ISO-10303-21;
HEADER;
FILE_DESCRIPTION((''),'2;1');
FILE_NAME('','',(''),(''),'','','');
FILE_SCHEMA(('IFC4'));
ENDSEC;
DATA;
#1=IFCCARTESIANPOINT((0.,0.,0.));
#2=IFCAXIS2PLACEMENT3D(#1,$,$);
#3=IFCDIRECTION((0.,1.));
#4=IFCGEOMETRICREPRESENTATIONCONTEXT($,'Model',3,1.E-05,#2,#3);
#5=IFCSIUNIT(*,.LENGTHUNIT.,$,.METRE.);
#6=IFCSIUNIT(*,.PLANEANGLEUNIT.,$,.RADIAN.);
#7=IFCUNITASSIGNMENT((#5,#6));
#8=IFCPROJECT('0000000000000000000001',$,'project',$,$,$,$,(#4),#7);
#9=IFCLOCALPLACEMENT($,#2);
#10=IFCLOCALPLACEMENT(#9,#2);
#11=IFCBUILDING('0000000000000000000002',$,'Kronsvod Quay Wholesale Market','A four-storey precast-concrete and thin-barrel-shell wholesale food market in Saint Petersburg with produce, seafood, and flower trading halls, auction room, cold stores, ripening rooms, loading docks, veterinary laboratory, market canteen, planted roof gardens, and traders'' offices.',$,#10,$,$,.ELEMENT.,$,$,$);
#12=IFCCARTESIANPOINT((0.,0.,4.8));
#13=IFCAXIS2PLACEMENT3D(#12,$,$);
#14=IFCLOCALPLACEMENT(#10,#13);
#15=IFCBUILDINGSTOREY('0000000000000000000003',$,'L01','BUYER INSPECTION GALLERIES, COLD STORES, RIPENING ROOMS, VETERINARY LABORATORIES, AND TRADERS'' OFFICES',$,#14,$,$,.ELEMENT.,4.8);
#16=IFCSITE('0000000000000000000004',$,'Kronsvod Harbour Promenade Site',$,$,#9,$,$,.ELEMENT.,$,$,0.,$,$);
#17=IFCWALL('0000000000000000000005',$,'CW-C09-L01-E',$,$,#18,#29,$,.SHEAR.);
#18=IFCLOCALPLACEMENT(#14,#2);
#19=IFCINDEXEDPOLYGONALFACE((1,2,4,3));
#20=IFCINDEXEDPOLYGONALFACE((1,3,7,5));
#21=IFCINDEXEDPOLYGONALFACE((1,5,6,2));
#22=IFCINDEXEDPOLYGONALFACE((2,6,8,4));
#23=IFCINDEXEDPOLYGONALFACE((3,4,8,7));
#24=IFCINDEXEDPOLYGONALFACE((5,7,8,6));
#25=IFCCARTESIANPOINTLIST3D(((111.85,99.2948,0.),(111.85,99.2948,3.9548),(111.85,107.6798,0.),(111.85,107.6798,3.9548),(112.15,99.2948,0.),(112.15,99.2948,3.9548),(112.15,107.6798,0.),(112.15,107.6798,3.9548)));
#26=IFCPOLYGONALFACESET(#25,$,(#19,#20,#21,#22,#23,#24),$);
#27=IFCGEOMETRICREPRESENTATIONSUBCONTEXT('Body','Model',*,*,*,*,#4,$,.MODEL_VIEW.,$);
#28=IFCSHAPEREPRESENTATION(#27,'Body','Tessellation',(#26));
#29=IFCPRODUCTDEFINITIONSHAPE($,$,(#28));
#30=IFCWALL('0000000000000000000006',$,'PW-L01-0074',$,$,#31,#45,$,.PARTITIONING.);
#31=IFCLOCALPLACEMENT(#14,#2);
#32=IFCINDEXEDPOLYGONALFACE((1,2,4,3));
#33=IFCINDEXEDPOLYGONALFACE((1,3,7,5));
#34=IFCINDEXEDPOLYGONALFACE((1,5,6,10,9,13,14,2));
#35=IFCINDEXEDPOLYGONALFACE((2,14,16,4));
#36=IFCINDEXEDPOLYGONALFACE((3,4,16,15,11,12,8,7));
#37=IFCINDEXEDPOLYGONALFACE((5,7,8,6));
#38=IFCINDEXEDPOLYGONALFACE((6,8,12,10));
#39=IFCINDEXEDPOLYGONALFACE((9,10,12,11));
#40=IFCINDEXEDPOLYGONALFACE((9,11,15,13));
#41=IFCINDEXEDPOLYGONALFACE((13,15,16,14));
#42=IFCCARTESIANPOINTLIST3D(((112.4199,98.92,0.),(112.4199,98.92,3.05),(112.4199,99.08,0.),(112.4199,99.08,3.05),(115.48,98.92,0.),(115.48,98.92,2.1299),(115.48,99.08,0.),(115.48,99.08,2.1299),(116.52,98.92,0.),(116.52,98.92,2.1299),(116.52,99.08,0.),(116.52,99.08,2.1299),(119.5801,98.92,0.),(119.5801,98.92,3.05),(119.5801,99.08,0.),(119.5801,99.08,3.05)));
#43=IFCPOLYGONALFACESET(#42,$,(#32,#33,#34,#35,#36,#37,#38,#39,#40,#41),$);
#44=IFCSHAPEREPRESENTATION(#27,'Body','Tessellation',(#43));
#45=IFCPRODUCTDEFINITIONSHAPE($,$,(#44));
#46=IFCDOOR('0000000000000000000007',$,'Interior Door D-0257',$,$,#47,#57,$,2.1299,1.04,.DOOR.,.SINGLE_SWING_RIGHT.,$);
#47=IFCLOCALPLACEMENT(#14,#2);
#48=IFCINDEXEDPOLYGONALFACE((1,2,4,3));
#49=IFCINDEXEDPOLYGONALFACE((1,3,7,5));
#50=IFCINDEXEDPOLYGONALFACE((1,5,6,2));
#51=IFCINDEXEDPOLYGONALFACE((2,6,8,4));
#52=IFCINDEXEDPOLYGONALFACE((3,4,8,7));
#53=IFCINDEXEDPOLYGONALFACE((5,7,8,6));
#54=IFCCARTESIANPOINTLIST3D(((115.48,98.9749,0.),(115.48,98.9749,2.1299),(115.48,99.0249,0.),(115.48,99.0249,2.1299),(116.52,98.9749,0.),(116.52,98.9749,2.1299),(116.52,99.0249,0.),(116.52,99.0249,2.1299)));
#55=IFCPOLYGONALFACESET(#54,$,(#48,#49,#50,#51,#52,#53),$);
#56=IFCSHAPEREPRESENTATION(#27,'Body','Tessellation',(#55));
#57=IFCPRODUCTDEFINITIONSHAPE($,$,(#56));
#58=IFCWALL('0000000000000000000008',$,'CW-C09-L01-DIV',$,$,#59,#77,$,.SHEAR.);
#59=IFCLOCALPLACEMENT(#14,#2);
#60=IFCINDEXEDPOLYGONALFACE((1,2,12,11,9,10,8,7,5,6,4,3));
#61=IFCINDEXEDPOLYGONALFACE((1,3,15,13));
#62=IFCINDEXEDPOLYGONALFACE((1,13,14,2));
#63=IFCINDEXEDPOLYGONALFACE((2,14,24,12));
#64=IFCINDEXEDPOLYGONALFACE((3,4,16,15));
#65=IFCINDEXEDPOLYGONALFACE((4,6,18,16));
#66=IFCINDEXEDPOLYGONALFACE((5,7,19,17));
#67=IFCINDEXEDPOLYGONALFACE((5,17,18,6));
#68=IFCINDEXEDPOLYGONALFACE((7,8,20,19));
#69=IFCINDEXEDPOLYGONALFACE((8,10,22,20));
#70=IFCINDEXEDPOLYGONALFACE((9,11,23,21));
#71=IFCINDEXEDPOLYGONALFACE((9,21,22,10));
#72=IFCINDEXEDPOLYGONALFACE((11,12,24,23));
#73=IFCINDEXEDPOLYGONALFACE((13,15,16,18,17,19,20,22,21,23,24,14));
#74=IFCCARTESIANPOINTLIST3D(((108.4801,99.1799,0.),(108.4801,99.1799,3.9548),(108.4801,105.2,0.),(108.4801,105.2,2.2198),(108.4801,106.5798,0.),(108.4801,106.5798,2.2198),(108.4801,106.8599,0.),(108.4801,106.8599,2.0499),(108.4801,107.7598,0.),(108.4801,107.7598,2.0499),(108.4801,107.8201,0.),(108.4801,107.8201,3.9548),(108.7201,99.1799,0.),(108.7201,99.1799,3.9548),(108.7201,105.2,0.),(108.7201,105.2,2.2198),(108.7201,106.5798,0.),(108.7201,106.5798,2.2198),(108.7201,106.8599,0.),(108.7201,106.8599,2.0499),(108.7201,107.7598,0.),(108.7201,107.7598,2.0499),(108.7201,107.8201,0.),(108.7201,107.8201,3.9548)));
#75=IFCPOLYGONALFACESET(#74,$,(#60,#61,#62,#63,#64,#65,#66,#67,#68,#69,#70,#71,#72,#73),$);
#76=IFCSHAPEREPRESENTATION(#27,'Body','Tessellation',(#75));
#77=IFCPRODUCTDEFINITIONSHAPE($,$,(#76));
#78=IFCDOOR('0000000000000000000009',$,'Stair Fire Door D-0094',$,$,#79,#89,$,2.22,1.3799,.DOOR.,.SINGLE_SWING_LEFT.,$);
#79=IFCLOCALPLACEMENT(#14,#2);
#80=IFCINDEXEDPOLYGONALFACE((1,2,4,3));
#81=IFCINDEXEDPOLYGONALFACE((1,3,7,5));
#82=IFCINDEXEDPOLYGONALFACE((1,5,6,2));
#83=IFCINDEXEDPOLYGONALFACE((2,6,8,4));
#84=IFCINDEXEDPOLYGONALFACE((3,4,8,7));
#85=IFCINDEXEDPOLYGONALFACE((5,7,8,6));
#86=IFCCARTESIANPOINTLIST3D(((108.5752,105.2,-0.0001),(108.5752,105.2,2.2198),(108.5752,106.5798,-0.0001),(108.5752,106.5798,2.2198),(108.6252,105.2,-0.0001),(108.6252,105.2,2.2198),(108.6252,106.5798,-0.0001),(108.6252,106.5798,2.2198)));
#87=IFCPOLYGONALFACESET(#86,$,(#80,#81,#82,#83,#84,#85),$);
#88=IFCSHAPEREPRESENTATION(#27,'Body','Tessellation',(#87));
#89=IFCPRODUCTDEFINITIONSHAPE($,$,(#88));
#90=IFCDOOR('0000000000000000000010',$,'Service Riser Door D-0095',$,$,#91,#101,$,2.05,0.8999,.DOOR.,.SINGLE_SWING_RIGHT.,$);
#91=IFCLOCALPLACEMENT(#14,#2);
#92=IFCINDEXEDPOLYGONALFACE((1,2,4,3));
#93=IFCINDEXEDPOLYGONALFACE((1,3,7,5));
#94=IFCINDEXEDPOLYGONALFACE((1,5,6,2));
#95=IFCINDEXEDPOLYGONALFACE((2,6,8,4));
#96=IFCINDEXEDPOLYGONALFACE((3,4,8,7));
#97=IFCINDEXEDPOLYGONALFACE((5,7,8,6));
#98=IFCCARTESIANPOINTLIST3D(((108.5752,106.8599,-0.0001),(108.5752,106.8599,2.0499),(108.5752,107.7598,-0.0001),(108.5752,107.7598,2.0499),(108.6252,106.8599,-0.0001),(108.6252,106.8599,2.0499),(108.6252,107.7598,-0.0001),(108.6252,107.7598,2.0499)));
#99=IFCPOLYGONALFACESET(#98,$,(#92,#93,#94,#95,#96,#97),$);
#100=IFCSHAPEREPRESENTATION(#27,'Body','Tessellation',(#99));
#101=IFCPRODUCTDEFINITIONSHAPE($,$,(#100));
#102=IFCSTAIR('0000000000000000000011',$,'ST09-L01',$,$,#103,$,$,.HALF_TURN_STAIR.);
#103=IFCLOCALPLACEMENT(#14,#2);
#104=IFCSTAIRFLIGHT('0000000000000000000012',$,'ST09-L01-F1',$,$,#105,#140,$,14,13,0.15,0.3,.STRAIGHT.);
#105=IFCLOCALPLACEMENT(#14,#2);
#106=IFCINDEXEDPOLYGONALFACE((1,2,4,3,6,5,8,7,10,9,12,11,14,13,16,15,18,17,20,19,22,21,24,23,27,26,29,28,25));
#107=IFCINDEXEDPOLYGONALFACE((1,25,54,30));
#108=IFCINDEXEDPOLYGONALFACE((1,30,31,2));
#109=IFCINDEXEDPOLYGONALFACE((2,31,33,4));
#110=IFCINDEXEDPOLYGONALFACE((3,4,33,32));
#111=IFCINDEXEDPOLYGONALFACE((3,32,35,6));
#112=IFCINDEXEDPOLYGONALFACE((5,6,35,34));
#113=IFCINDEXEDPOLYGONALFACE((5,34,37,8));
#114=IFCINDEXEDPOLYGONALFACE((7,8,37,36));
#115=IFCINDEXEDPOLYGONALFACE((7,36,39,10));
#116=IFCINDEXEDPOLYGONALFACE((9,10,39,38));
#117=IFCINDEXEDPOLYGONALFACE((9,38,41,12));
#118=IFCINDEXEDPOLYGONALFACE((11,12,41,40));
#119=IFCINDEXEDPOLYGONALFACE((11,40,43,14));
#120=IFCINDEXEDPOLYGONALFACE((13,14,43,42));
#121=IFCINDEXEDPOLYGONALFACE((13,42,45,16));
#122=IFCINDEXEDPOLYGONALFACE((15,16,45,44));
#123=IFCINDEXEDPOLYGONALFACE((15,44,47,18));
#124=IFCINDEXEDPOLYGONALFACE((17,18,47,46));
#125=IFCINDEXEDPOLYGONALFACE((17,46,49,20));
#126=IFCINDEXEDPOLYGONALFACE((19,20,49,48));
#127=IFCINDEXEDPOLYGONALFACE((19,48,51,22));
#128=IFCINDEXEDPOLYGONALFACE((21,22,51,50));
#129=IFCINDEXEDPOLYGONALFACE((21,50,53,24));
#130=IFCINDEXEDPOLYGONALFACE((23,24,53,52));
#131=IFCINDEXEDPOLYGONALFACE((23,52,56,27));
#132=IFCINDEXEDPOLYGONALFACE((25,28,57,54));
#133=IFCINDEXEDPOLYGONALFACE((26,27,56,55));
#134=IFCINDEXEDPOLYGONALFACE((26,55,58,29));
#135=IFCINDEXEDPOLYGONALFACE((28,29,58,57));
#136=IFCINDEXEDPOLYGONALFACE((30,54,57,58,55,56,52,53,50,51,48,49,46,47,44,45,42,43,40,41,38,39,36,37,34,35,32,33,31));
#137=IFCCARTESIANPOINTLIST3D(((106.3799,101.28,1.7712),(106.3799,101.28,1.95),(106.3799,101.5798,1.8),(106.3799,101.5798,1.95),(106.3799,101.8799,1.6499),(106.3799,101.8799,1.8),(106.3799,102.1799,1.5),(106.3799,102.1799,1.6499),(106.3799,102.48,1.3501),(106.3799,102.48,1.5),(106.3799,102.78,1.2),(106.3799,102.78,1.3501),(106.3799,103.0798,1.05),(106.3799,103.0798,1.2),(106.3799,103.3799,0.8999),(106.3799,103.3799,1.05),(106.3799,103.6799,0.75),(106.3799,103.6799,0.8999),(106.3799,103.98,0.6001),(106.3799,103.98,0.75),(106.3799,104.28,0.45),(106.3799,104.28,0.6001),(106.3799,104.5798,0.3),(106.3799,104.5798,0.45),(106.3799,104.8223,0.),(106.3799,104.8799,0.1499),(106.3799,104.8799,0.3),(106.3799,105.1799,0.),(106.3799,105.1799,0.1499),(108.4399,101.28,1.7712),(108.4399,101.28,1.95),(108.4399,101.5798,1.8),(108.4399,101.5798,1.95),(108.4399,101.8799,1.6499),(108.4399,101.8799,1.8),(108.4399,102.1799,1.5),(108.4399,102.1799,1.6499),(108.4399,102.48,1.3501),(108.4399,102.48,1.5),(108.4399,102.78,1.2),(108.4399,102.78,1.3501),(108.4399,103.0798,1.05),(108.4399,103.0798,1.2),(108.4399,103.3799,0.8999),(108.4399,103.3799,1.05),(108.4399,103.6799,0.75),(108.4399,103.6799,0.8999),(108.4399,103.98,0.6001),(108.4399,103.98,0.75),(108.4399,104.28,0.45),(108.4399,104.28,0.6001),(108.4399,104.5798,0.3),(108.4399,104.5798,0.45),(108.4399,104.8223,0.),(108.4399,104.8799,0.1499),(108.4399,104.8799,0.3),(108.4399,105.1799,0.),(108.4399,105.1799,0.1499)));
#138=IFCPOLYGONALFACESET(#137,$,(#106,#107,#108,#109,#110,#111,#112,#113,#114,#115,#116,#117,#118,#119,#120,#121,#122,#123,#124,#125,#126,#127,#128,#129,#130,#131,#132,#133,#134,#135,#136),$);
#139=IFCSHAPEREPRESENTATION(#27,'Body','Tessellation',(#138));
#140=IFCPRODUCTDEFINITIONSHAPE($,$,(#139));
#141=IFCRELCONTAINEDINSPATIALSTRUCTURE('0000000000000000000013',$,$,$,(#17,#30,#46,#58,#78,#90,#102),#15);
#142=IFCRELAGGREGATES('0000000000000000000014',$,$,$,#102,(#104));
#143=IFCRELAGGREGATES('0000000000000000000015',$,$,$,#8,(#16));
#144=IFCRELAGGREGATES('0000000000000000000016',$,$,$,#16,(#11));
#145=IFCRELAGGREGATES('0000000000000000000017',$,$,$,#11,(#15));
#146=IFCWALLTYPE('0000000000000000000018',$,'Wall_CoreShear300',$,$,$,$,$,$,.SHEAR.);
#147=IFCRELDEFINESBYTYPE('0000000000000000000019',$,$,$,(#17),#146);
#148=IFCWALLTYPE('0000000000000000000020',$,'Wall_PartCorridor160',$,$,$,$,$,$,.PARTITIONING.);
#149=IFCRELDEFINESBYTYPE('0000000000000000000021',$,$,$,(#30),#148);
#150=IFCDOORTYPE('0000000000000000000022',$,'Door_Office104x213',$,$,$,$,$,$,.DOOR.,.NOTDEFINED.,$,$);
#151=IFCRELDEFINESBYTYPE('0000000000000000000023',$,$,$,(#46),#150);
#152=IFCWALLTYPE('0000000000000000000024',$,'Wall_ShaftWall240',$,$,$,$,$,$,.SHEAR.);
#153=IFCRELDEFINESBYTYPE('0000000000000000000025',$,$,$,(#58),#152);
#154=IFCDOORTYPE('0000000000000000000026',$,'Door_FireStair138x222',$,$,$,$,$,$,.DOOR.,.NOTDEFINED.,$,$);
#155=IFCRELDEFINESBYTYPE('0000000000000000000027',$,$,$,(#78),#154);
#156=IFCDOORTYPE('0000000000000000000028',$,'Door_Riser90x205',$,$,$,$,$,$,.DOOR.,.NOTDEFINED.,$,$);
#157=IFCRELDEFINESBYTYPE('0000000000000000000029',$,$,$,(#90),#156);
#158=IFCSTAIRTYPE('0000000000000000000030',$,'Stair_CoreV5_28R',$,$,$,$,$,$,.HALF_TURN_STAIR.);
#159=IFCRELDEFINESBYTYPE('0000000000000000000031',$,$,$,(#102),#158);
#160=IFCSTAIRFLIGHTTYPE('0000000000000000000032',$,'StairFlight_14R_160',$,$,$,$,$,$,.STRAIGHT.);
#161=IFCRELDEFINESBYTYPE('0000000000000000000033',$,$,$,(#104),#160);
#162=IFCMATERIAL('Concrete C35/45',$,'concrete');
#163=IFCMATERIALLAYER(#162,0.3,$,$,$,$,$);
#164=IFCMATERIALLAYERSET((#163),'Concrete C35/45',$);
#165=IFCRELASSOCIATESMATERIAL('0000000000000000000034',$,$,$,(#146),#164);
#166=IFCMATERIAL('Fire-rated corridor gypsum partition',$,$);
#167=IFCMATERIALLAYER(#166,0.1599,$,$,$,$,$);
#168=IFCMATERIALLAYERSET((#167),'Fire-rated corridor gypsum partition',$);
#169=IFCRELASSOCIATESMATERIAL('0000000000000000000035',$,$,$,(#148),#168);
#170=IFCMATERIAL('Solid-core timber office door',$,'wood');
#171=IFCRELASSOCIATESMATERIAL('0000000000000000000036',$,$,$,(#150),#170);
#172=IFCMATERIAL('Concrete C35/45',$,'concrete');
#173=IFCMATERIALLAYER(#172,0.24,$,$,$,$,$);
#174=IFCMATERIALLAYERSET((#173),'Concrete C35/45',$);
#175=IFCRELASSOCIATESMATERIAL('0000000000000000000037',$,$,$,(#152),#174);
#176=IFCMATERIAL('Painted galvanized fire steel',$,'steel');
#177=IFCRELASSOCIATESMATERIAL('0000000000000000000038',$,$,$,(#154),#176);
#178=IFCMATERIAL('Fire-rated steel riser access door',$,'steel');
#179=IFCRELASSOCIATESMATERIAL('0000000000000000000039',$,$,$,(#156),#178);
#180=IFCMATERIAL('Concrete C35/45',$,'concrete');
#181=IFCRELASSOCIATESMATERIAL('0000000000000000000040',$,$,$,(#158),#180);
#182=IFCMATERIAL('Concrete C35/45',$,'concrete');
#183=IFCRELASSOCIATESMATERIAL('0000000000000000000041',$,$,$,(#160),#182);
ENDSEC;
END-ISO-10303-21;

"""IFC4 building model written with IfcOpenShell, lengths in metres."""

from ifc_helpers import new_model, si_unit, direction, frame, frame_2d, origin, place, context, subcontext, project, spatial, polyline, rectangle, outline, extrude, material, layer, layer_set, type_object, element, fill, aggregate, save


model = new_model("IFC4")

# Units and contexts
model_context = context("Model", 3, precision=1e-05, world=origin(), true_north=direction((0.0, 1.0)))
body_context = subcontext(model_context, "Body", "Model", "MODEL_VIEW")
ifc_project = project(units=[si_unit("LENGTHUNIT", "METRE"), si_unit("PLANEANGLEUNIT", "RADIAN")], contexts=[model_context])

# Site, building, storey
site_placement = place(None, origin())
site = spatial("IfcSite", under=ifc_project, at=site_placement, Name="Kronsvod Harbour Promenade Site", CompositionType="ELEMENT", RefElevation=0.0)
building_placement = place(site_placement, origin())
building = spatial("IfcBuilding", under=site, at=building_placement, Name="Kronsvod Quay Wholesale Market", Description="A four-storey precast-concrete and thin-barrel-shell wholesale food market in Saint Petersburg with produce, seafood, and flower trading halls, auction room, cold stores, ripening rooms, loading docks, veterinary laboratory, market canteen, planted roof gardens, and traders' offices.", CompositionType="ELEMENT")
storey_placement = place(building_placement, frame((0.0, 0.0, 4.8)))
storey = spatial("IfcBuildingStorey", under=building, at=storey_placement, Name="L01", Description="BUYER INSPECTION GALLERIES, COLD STORES, RIPENING ROOMS, VETERINARY LABORATORIES, AND TRADERS' OFFICES", CompositionType="ELEMENT", Elevation=4.8)

# Shared definitions
ifc_material_1 = material(Name="Concrete C35/45", Category="concrete")
ifc_layer_1 = layer(ifc_material_1, 0.3)
ifc_layer_set_1 = layer_set([ifc_layer_1], Name="Concrete C35/45")
wall_type_1 = type_object("IfcWallType", Name="Wall_CoreShear300", PredefinedType="SHEAR", material=ifc_layer_set_1)

# Wall
wall_1_placement = place(storey_placement, frame((112.0, 99.2949, 0.0), z_axis=(0.0, 0.0, 1.0), x_axis=(0.0, 1.0, 0.0)))
element("IfcWall", 1, at=wall_1_placement, inside=storey, type_object=wall_type_1, Name="CW-C09-L01-E", PredefinedType="SHEAR", context=body_context, shape_type="SweptSolid", body=[
    extrude(rectangle(XDim=8.385, YDim=0.3, at=frame_2d((4.1924, 0.0))), origin(), (0.0, 0.0, 1.0), 3.9548),
])

# Wall, opening, door
ifc_material_2 = material(Name="Fire-rated corridor gypsum partition")
ifc_layer_2 = layer(ifc_material_2, 0.1599)
ifc_layer_set_2 = layer_set([ifc_layer_2], Name="Fire-rated corridor gypsum partition")
wall_type_2 = type_object("IfcWallType", Name="Wall_PartCorridor160", PredefinedType="PARTITIONING", material=ifc_layer_set_2)
wall_2_placement = place(storey_placement, frame((112.4199, 99.0, 0.0), z_axis=(0.0, 0.0, 1.0), x_axis=(1.0, 0.0, 0.0)))
wall_2 = element("IfcWall", 2, at=wall_2_placement, inside=storey, type_object=wall_type_2, Name="PW-L01-0074", PredefinedType="PARTITIONING", context=body_context, shape_type="SweptSolid", body=[
    extrude(rectangle(XDim=7.1602, YDim=0.1599, at=frame_2d((3.5801, 0.0))), origin(), (0.0, 0.0, 1.0), 3.05),
])
opening_1_placement = place(wall_2_placement, frame((3.0601, 0.0, 0.0)))
opening_1 = element("IfcOpeningElement", 3, at=opening_1_placement, cuts=wall_2, PredefinedType="OPENING", context=body_context, shape_type="SweptSolid", body=[
    extrude(rectangle(XDim=1.04, YDim=2.1299, at=frame_2d((0.52, 1.0649))), frame((0.0, 0.0898, 0.0), z_axis=(0.0, -1.0, 0.0), x_axis=(1.0, 0.0, 0.0)), (0.0, 0.0, 1.0), 0.1799),
])
ifc_material_3 = material(Name="Solid-core timber office door", Category="wood")
door_type_1 = type_object("IfcDoorType", Name="Door_Office104x213", OperationType="NOTDEFINED", PredefinedType="DOOR", material=ifc_material_3)
door_1_placement = place(opening_1_placement, origin())
door_1 = element("IfcDoor", 4, at=door_1_placement, inside=storey, type_object=door_type_1, Name="Interior Door D-0257", OperationType="SINGLE_SWING_RIGHT", OverallHeight=2.1299, OverallWidth=1.04, PredefinedType="DOOR", context=body_context, shape_type="SweptSolid", body=[
    extrude(rectangle(XDim=1.04, YDim=2.1299, at=frame_2d((0.52, 1.0649))), frame((0.0, 0.0249, 0.0), z_axis=(0.0, -1.0, 0.0), x_axis=(1.0, 0.0, 0.0)), (0.0, 0.0, 1.0), 0.05),
])
fill(opening_1, door_1)

# Wall, openings, doors
ifc_material_4 = material(Name="Concrete C35/45", Category="concrete")
ifc_layer_3 = layer(ifc_material_4, 0.24)
ifc_layer_set_3 = layer_set([ifc_layer_3], Name="Concrete C35/45")
wall_type_3 = type_object("IfcWallType", Name="Wall_ShaftWall240", PredefinedType="SHEAR", material=ifc_layer_set_3)
wall_3_placement = place(storey_placement, frame((108.6001, 99.1799, 0.0), z_axis=(0.0, 0.0, 1.0), x_axis=(0.0, 1.0, 0.0)))
wall_3 = element("IfcWall", 5, at=wall_3_placement, inside=storey, type_object=wall_type_3, Name="CW-C09-L01-DIV", PredefinedType="SHEAR", context=body_context, shape_type="SweptSolid", body=[
    extrude(rectangle(XDim=8.6401, YDim=0.24, at=frame_2d((4.3201, 0.0))), origin(), (0.0, 0.0, 1.0), 3.9548),
])
opening_2_placement = place(wall_3_placement, frame((6.02, 0.0, 0.0)))
opening_2 = element("IfcOpeningElement", 6, at=opening_2_placement, cuts=wall_3, PredefinedType="OPENING", context=body_context, shape_type="SweptSolid", body=[
    extrude(rectangle(XDim=1.3799, YDim=2.22, at=frame_2d((0.6899, 1.1099))), frame((0.0, 0.1299, 0.0), z_axis=(0.0, -1.0, 0.0), x_axis=(1.0, 0.0, 0.0)), (0.0, 0.0, 1.0), 0.26),
])
opening_3_placement = place(wall_3_placement, frame((7.6799, 0.0, 0.0)))
opening_3 = element("IfcOpeningElement", 7, at=opening_3_placement, cuts=wall_3, PredefinedType="OPENING", context=body_context, shape_type="SweptSolid", body=[
    extrude(rectangle(XDim=0.8999, YDim=2.05, at=frame_2d((0.45, 1.0249))), frame((0.0, 0.1299, 0.0), z_axis=(0.0, -1.0, 0.0), x_axis=(1.0, 0.0, 0.0)), (0.0, 0.0, 1.0), 0.26),
])
ifc_material_5 = material(Name="Painted galvanized fire steel", Category="steel")
door_type_2 = type_object("IfcDoorType", Name="Door_FireStair138x222", OperationType="NOTDEFINED", PredefinedType="DOOR", material=ifc_material_5)
door_2_placement = place(opening_2_placement, origin())
door_2 = element("IfcDoor", 8, at=door_2_placement, inside=storey, type_object=door_type_2, Name="Stair Fire Door D-0094", OperationType="SINGLE_SWING_LEFT", OverallHeight=2.22, OverallWidth=1.3799, PredefinedType="DOOR", context=body_context, shape_type="SweptSolid", body=[
    extrude(rectangle(XDim=1.3799, YDim=2.22, at=frame_2d((0.6899, 1.1099))), frame((0.0, 0.0249, 0.0), z_axis=(0.0, -1.0, 0.0), x_axis=(1.0, 0.0, 0.0)), (0.0, 0.0, 1.0), 0.05),
])
fill(opening_2, door_2)
ifc_material_6 = material(Name="Fire-rated steel riser access door", Category="steel")
door_type_3 = type_object("IfcDoorType", Name="Door_Riser90x205", OperationType="NOTDEFINED", PredefinedType="DOOR", material=ifc_material_6)
door_3_placement = place(opening_3_placement, origin())
door_3 = element("IfcDoor", 9, at=door_3_placement, inside=storey, type_object=door_type_3, Name="Service Riser Door D-0095", OperationType="SINGLE_SWING_RIGHT", OverallHeight=2.05, OverallWidth=0.8999, PredefinedType="DOOR", context=body_context, shape_type="SweptSolid", body=[
    extrude(rectangle(XDim=0.8999, YDim=2.05, at=frame_2d((0.45, 1.0249))), frame((0.0, 0.0249, 0.0), z_axis=(0.0, -1.0, 0.0), x_axis=(1.0, 0.0, 0.0)), (0.0, 0.0, 1.0), 0.05),
])
fill(opening_3, door_3)

# Stair, stair flight
ifc_material_7 = material(Name="Concrete C35/45", Category="concrete")
stair_type = type_object("IfcStairType", Name="Stair_CoreV5_28R", PredefinedType="HALF_TURN_STAIR", material=ifc_material_7)
stair_placement = place(storey_placement, origin())
stair = element("IfcStair", 10, at=stair_placement, inside=storey, type_object=stair_type, Name="ST09-L01", PredefinedType="HALF_TURN_STAIR")
ifc_material_8 = material(Name="Concrete C35/45", Category="concrete")
stair_flight_type = type_object("IfcStairFlightType", Name="StairFlight_14R_160", PredefinedType="STRAIGHT", material=ifc_material_8)
stair_flight_1_placement = place(storey_placement, frame((107.4099, 105.1799, 0.0), z_axis=(0.0, 0.0, 1.0), x_axis=(0.0, -1.0, 0.0)))
stair_flight_1 = element("IfcStairFlight", 11, at=stair_flight_1_placement, type_object=stair_flight_type, Name="ST09-L01-F1", NumberOfRisers=14, NumberOfTreads=13, PredefinedType="STRAIGHT", RiserHeight=0.15, TreadLength=0.3, context=body_context, shape_type="SweptSolid", body=[
    extrude(outline(polyline([(0.0, 0.0), (0.0, 0.1499), (0.3, 0.1499), (0.3, 0.3), (0.6001, 0.3), (0.6001, 0.45), (0.8999, 0.45), (0.8999, 0.6001), (1.2, 0.6001), (1.2, 0.75), (1.5, 0.75), (1.5, 0.8999), (1.8, 0.8999), (1.8, 1.05), (2.1001, 1.05), (2.1001, 1.2), (2.3999, 1.2), (2.3999, 1.3501), (2.7, 1.3501), (2.7, 1.5), (3.0, 1.5), (3.0, 1.6499), (3.3, 1.6499), (3.3, 1.8), (3.6001, 1.8), (3.6001, 1.95), (3.8999, 1.95), (3.8999, 2.1001), (3.8999, 1.7712), (0.3577, 0.0), (0.0, 0.0)])), frame((0.0, 1.03, 0.0), z_axis=(0.0, -1.0, 0.0), x_axis=(1.0, 0.0, 0.0)), (0.0, 0.0, 1.0), 2.0601),
])
aggregate(stair, [stair_flight_1])

save(model, "model.ifc")
